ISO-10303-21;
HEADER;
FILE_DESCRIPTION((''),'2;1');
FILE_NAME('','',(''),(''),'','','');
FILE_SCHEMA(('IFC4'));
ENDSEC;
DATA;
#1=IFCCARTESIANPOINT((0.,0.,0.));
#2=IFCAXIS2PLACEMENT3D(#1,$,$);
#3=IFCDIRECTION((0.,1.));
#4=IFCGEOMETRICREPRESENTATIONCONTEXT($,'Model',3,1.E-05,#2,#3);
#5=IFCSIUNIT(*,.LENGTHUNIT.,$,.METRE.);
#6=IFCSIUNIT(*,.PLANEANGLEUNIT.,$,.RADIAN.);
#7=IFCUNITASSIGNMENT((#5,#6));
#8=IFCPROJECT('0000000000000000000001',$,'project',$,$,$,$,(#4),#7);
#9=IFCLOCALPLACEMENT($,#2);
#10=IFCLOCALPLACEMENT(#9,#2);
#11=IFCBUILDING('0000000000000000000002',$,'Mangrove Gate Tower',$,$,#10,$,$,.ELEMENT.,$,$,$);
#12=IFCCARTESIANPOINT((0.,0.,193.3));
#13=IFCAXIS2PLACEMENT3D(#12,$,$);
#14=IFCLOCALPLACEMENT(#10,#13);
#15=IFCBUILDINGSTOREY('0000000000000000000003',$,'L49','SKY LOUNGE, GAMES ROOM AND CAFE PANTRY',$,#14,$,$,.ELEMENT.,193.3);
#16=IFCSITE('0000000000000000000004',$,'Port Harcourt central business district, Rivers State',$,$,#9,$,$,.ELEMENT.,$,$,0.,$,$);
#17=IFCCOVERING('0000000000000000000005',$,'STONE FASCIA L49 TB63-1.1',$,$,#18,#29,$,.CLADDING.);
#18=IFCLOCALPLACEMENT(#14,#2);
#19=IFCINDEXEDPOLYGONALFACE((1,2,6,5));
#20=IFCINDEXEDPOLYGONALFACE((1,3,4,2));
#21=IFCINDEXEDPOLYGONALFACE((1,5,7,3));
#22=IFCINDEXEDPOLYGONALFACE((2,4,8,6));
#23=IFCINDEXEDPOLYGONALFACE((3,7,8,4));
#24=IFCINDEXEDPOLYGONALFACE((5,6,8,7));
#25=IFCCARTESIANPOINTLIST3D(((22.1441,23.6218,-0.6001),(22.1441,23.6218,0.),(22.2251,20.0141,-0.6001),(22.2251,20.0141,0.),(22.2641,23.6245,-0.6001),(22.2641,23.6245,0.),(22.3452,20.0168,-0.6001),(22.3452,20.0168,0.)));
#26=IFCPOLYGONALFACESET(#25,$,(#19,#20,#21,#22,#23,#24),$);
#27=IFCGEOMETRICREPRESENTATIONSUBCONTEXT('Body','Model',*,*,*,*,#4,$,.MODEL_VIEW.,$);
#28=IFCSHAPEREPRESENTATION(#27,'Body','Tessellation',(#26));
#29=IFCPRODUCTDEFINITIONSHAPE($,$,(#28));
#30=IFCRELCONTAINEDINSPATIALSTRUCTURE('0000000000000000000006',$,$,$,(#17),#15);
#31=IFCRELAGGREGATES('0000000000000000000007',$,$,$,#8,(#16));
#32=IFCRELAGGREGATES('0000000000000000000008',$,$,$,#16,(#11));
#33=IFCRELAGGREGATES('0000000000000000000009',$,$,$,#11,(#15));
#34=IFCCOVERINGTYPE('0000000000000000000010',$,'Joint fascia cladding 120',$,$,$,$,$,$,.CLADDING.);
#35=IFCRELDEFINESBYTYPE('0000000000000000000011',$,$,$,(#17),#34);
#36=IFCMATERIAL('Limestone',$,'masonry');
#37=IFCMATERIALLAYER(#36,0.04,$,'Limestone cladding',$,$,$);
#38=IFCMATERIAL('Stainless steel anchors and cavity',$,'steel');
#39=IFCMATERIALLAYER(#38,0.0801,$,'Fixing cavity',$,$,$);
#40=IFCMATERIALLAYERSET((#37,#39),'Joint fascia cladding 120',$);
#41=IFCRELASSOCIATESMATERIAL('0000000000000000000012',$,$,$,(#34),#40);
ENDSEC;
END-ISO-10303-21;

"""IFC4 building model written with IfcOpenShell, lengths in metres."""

from ifc_helpers import new_model, si_unit, direction, frame, frame_2d, origin, place, context, subcontext, project, spatial, rectangle, extrude, material, layer, layer_set, type_object, element, save


model = new_model("IFC4")

# Units and contexts
model_context = context("Model", 3, precision=1e-05, world=origin(), true_north=direction((0.0, 1.0)))
body_context = subcontext(model_context, "Body", "Model", "MODEL_VIEW")
ifc_project = project(units=[si_unit("LENGTHUNIT", "METRE"), si_unit("PLANEANGLEUNIT", "RADIAN")], contexts=[model_context])

# Site, building, storey
site_placement = place(None, origin())
site = spatial("IfcSite", under=ifc_project, at=site_placement, Name="Port Harcourt central business district, Rivers State", CompositionType="ELEMENT", RefElevation=0.0)
building_placement = place(site_placement, origin())
building = spatial("IfcBuilding", under=site, at=building_placement, Name="Mangrove Gate Tower", CompositionType="ELEMENT")
storey_placement = place(building_placement, frame((0.0, 0.0, 193.3)))
storey = spatial("IfcBuildingStorey", under=building, at=storey_placement, Name="L49", Description="SKY LOUNGE, GAMES ROOM AND CAFE PANTRY", CompositionType="ELEMENT", Elevation=193.3)

# Shared definitions
ifc_material_1 = material(Name="Limestone", Category="masonry")

# Covering
ifc_layer_1 = layer(ifc_material_1, 0.04, Name="Limestone cladding")
ifc_material_2 = material(Name="Stainless steel anchors and cavity", Category="steel")
ifc_layer_2 = layer(ifc_material_2, 0.0801, Name="Fixing cavity")
ifc_layer_set_1 = layer_set([ifc_layer_1, ifc_layer_2], Name="Joint fascia cladding 120")
covering_type = type_object("IfcCoveringType", Name="Joint fascia cladding 120", PredefinedType="CLADDING", material=ifc_layer_set_1)
covering_1_placement = place(storey_placement, frame((22.2041, 23.623, -0.6001), z_axis=(0.0, 0.0, 1.0), x_axis=(0.022462, -0.999748, 0.0)))
element("IfcCovering", 1, at=covering_1_placement, inside=storey, type_object=covering_type, Name="STONE FASCIA L49 TB63-1.1", PredefinedType="CLADDING", context=body_context, shape_type="SweptSolid", body=[
    extrude(rectangle(XDim=3.6086, YDim=0.1201, at=frame_2d((1.8042, 0.0))), origin(), (0.0, 0.0, 1.0), 0.6001),
])

save(model, "model.ifc")
